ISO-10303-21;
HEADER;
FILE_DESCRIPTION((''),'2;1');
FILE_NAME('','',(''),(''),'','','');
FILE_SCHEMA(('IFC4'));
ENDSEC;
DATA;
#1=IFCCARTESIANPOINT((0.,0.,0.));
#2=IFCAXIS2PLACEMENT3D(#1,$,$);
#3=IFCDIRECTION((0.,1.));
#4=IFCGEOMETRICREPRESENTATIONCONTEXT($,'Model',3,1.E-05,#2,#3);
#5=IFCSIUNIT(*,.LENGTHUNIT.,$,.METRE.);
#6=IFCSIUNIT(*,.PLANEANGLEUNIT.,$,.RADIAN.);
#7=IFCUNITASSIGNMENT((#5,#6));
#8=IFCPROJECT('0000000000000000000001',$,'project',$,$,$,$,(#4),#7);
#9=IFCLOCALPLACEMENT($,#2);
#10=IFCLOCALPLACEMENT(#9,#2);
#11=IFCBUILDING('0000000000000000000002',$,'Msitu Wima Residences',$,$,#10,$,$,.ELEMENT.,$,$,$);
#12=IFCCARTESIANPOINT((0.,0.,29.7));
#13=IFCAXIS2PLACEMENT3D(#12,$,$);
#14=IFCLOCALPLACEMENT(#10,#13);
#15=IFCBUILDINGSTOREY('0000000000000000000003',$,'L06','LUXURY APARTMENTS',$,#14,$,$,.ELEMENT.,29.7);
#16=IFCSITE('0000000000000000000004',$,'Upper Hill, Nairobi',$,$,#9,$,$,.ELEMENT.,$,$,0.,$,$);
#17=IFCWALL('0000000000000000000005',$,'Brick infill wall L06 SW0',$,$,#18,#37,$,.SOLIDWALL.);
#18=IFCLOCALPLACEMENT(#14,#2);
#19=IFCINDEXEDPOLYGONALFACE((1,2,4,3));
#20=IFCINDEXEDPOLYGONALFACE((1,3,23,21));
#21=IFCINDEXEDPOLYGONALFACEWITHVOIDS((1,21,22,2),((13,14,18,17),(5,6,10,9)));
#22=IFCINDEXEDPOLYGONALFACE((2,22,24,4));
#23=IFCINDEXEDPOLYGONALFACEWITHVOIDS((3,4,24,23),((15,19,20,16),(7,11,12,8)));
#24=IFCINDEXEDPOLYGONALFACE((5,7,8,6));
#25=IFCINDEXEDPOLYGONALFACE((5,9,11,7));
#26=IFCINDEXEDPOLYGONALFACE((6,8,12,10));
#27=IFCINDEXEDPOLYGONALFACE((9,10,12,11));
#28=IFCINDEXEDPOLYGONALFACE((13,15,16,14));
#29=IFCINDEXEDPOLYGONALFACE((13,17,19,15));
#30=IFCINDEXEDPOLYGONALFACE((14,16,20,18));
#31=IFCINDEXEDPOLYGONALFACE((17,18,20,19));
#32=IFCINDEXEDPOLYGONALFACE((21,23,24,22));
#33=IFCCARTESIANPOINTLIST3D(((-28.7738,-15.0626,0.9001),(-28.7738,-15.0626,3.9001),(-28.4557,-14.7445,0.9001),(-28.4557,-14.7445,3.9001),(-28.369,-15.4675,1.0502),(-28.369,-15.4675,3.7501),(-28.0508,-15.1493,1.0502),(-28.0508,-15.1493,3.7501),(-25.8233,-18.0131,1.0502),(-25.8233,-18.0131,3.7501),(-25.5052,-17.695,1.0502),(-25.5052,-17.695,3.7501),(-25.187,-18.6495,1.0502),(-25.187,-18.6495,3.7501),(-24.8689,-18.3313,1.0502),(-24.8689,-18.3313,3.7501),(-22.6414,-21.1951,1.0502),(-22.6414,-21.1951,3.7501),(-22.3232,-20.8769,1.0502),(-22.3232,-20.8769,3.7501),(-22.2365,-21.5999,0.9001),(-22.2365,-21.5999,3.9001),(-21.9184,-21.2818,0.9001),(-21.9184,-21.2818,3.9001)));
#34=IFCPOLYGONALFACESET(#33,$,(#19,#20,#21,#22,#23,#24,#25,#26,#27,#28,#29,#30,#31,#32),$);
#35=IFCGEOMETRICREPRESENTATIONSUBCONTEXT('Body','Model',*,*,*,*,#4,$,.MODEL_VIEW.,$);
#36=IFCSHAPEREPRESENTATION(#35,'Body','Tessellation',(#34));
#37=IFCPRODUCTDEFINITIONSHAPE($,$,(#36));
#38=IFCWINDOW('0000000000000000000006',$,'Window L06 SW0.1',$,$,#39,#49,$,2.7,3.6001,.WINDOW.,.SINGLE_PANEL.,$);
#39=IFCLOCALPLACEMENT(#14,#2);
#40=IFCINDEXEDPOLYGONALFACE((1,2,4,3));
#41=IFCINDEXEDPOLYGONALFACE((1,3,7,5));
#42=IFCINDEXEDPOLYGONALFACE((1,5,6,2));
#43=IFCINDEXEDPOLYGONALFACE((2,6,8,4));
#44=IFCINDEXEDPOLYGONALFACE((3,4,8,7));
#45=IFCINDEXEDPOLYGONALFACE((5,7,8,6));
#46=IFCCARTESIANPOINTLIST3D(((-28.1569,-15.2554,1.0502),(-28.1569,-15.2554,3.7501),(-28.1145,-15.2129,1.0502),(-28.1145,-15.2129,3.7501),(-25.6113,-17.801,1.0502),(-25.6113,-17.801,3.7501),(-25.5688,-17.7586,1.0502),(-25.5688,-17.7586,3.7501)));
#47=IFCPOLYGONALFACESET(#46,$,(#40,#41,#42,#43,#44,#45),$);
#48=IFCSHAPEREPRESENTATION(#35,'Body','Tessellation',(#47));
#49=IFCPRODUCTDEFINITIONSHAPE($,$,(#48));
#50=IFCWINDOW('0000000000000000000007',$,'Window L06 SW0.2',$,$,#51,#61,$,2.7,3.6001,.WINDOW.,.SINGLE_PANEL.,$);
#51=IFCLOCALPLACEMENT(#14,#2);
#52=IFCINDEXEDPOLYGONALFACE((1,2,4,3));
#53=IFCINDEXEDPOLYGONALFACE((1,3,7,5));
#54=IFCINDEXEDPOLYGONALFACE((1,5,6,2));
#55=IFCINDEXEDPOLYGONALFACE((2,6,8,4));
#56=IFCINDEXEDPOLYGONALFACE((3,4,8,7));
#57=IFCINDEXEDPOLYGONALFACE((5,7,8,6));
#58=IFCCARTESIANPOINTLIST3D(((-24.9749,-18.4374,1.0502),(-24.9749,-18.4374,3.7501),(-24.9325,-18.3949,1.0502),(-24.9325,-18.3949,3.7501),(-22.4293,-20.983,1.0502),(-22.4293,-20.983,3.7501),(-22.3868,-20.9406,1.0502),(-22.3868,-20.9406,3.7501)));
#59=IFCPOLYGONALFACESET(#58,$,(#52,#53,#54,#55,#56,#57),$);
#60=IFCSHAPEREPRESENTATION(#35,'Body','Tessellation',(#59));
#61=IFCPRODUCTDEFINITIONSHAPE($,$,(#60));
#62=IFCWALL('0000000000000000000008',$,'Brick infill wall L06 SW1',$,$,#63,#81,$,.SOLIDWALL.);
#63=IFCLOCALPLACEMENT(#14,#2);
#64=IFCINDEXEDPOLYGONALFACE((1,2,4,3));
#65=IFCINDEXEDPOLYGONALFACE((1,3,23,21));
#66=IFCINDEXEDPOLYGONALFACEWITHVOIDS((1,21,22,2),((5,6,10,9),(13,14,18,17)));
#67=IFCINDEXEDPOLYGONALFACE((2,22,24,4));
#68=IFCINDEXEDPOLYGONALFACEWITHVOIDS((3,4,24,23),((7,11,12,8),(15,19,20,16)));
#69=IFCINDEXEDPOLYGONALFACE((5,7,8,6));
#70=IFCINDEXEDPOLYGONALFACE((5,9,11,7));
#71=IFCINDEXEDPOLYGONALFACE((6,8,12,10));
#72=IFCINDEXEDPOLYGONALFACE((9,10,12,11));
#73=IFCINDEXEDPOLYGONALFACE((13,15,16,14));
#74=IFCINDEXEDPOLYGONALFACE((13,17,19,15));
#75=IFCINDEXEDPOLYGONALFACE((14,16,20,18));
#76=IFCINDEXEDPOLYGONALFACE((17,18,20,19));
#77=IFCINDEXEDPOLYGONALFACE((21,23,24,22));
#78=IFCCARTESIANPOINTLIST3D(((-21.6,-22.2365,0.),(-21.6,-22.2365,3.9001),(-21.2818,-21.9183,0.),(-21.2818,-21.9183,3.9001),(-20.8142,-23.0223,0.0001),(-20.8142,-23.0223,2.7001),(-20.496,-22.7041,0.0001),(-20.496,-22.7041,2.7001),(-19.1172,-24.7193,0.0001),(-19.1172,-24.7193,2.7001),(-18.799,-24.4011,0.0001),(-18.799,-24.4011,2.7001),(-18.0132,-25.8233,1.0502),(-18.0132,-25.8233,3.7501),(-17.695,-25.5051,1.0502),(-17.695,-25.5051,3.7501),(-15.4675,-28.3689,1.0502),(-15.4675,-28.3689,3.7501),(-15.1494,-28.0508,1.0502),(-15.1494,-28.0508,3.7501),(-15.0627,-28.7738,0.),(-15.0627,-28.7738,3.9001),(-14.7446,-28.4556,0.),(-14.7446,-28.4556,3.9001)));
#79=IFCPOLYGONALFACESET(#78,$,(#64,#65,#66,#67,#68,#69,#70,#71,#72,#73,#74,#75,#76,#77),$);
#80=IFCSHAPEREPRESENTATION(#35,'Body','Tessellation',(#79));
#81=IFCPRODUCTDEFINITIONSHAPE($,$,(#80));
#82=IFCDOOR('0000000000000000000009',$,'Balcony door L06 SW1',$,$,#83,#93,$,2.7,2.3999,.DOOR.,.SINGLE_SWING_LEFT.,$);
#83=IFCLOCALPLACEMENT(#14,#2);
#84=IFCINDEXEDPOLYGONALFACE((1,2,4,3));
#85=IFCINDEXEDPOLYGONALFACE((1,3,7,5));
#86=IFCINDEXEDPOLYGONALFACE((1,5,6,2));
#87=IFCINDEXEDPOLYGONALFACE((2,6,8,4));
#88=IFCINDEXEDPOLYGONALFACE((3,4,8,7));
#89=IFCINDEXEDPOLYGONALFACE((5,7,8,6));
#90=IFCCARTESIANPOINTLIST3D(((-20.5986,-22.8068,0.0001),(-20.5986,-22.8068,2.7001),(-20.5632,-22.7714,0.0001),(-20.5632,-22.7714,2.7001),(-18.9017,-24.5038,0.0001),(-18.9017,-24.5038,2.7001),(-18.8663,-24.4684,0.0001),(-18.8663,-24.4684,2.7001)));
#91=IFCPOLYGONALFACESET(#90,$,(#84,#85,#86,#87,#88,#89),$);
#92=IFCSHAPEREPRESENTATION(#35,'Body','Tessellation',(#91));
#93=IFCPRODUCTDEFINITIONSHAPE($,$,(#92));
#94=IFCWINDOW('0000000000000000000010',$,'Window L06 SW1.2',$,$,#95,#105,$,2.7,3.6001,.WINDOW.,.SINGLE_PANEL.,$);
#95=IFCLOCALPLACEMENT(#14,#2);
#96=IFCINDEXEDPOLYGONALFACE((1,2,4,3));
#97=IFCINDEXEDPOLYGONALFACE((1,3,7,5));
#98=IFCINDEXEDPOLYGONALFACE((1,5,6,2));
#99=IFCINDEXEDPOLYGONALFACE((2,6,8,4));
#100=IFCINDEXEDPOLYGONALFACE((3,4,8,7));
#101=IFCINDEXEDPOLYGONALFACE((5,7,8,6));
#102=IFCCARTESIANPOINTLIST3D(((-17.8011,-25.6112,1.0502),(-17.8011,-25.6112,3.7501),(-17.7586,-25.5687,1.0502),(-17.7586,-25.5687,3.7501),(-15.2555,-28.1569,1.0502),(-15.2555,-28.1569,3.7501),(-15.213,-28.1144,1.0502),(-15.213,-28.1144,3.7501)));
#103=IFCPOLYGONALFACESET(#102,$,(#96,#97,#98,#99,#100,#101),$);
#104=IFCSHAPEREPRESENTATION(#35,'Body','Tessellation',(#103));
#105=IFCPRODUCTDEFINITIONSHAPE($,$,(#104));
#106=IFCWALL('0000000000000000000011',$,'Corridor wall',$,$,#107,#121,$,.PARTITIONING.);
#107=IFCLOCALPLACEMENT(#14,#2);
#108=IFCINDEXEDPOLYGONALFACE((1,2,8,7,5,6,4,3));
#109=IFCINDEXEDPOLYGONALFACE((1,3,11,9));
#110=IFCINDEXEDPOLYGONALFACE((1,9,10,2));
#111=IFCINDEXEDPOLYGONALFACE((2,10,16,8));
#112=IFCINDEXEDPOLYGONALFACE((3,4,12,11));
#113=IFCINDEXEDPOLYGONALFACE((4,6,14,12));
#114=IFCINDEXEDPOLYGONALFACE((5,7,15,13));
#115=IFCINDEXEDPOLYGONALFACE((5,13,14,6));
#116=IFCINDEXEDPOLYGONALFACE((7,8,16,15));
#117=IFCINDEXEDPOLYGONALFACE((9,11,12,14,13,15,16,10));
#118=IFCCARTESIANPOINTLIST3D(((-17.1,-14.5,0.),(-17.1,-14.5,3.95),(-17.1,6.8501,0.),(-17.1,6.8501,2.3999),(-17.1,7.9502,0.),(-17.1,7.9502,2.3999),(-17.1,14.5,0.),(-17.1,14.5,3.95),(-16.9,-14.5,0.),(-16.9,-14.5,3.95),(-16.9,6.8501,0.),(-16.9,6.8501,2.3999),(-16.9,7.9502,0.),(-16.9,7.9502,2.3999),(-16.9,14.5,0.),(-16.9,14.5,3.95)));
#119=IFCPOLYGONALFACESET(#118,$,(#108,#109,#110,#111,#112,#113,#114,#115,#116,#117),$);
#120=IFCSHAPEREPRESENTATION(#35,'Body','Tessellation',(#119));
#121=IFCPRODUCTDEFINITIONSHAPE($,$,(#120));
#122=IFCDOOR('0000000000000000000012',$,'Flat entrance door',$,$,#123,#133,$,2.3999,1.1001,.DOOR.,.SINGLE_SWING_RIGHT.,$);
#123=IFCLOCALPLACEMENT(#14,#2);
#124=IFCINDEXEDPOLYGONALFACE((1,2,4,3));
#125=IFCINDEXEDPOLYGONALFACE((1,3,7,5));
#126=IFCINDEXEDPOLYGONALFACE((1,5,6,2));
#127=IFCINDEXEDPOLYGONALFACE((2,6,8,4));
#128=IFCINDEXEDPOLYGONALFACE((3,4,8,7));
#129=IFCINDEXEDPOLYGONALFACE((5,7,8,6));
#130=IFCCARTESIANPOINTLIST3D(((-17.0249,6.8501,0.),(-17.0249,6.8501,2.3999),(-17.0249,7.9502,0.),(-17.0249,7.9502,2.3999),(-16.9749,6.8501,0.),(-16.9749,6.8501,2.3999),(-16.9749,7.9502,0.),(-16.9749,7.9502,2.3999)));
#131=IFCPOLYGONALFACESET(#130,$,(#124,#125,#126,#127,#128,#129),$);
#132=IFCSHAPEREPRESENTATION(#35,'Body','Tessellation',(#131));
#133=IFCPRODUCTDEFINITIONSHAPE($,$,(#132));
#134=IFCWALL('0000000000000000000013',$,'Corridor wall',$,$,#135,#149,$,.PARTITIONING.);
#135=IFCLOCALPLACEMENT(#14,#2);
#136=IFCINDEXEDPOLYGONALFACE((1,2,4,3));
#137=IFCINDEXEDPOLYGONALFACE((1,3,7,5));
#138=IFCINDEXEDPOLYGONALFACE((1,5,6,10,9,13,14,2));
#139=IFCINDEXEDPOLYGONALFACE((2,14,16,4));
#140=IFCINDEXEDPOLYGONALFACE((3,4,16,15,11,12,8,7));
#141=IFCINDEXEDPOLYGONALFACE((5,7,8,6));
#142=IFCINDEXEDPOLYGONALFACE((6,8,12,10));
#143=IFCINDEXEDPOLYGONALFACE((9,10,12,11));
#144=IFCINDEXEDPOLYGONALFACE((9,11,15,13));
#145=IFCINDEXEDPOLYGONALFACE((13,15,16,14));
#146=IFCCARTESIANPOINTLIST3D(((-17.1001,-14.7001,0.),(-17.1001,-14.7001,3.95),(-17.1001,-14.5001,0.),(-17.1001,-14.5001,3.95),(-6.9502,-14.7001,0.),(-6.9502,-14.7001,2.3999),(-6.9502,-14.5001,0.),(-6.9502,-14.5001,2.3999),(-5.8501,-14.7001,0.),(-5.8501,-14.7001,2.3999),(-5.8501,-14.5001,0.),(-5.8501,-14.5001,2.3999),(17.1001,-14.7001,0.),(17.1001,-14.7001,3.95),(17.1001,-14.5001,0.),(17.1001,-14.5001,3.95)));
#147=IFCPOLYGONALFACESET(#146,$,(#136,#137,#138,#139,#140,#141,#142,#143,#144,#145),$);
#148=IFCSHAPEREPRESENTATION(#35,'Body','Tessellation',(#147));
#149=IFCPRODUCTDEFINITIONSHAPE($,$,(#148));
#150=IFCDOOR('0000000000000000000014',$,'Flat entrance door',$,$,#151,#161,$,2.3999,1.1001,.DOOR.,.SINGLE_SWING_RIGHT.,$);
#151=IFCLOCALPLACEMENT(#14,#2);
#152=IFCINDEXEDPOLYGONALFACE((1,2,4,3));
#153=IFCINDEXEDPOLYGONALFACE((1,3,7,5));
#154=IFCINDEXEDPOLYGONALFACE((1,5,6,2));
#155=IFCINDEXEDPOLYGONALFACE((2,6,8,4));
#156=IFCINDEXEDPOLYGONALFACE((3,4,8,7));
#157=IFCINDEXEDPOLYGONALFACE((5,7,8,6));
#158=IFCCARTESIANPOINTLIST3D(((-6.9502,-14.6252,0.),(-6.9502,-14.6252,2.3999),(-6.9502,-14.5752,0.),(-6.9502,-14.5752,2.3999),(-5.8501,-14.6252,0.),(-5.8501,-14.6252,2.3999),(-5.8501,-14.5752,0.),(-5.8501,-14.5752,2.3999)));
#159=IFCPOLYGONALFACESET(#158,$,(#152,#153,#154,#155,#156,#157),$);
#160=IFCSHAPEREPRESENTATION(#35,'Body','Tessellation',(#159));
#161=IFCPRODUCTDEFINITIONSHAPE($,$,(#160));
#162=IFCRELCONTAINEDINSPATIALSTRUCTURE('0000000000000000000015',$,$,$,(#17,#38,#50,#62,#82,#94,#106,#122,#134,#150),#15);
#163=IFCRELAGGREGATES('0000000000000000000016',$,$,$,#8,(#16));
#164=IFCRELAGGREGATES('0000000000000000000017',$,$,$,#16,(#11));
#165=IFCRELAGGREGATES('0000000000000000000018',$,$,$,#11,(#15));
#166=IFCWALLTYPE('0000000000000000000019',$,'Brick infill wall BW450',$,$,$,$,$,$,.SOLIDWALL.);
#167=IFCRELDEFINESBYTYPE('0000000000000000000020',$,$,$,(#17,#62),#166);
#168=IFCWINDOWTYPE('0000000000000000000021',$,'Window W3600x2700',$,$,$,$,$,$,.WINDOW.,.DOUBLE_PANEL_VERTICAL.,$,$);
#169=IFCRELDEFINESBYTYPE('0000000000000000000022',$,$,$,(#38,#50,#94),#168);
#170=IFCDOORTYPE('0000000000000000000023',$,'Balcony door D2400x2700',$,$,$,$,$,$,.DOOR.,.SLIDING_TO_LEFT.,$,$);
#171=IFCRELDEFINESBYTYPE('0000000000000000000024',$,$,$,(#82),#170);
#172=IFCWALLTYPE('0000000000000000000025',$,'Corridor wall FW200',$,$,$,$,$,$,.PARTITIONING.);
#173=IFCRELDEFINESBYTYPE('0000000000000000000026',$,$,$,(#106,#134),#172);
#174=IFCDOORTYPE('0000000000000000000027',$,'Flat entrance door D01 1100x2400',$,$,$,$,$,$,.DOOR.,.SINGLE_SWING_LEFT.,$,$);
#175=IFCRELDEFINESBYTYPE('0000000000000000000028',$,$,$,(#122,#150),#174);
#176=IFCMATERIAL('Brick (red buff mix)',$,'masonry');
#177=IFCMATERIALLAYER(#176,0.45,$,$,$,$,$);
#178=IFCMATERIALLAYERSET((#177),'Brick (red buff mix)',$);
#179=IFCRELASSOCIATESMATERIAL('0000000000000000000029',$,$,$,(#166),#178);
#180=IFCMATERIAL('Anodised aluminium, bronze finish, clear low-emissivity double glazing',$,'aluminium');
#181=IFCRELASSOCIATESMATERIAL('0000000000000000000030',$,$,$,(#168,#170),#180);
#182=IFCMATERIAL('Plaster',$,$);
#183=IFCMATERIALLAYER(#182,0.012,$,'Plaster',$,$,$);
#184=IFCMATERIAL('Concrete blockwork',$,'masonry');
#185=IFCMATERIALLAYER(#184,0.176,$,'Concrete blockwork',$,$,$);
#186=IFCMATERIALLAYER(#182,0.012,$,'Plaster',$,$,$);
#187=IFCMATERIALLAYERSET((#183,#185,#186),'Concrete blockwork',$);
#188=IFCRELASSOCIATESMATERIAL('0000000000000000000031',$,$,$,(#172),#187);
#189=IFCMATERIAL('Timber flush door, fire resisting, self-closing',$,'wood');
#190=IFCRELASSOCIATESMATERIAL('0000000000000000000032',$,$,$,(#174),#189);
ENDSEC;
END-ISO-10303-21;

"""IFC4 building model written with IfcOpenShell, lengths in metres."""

from ifc_helpers import new_model, si_unit, direction, frame, frame_2d, origin, place, context, subcontext, project, spatial, rectangle, extrude, material, layer, layer_set, type_object, element, fill, save


model = new_model("IFC4")

# Units and contexts
model_context = context("Model", 3, precision=1e-05, world=origin(), true_north=direction((0.0, 1.0)))
body_context = subcontext(model_context, "Body", "Model", "MODEL_VIEW")
ifc_project = project(units=[si_unit("LENGTHUNIT", "METRE"), si_unit("PLANEANGLEUNIT", "RADIAN")], contexts=[model_context])

# Site, building, storey
site_placement = place(None, origin())
site = spatial("IfcSite", under=ifc_project, at=site_placement, Name="Upper Hill, Nairobi", CompositionType="ELEMENT", RefElevation=0.0)
building_placement = place(site_placement, origin())
building = spatial("IfcBuilding", under=site, at=building_placement, Name="Msitu Wima Residences", CompositionType="ELEMENT")
storey_placement = place(building_placement, frame((0.0, 0.0, 29.7)))
storey = spatial("IfcBuildingStorey", under=building, at=storey_placement, Name="L06", Description="LUXURY APARTMENTS", CompositionType="ELEMENT", Elevation=29.7)

# Wall, openings, windows
ifc_material_1 = material(Name="Brick (red buff mix)", Category="masonry")
ifc_layer_1 = layer(ifc_material_1, 0.45)
ifc_layer_set_1 = layer_set([ifc_layer_1], Name="Brick (red buff mix)")
wall_type_1 = type_object("IfcWallType", Name="Brick infill wall BW450", PredefinedType="SOLIDWALL", material=ifc_layer_set_1)
wall_1_placement = place(storey_placement, frame((-28.6147, -14.9036, 0.9001), z_axis=(0.0, 0.0, 1.0), x_axis=(0.707107, -0.707107, 0.0)))
wall_1 = element("IfcWall", 1, at=wall_1_placement, inside=storey, type_object=wall_type_1, Name="Brick infill wall L06 SW0", PredefinedType="SOLIDWALL", context=body_context, shape_type="SweptSolid", body=[
    extrude(rectangle(XDim=9.2451, YDim=0.45, at=frame_2d((4.6226, 0.0))), origin(), (0.0, 0.0, 1.0), 3.0),
])
opening_1_placement = place(wall_1_placement, frame((0.5725, 0.0, 0.1499)))
opening_1 = element("IfcOpeningElement", 2, at=opening_1_placement, cuts=wall_1, PredefinedType="OPENING", context=body_context, shape_type="SweptSolid", body=[
    extrude(rectangle(XDim=3.6001, YDim=2.7, at=frame_2d((1.8, 1.3501))), frame((0.0, 0.2349, 0.0), z_axis=(0.0, -1.0, 0.0), x_axis=(1.0, 0.0, 0.0)), (0.0, 0.0, 1.0), 0.47),
])
opening_2_placement = place(wall_1_placement, frame((5.0725, 0.0, 0.1499)))
opening_2 = element("IfcOpeningElement", 3, at=opening_2_placement, cuts=wall_1, PredefinedType="OPENING", context=body_context, shape_type="SweptSolid", body=[
    extrude(rectangle(XDim=3.6001, YDim=2.7, at=frame_2d((1.8, 1.3501))), frame((0.0, 0.2349, 0.0), z_axis=(0.0, -1.0, 0.0), x_axis=(1.0, 0.0, 0.0)), (0.0, 0.0, 1.0), 0.47),
])
ifc_material_2 = material(Name="Anodised aluminium, bronze finish, clear low-emissivity double glazing", Category="aluminium")
window_type = type_object("IfcWindowType", Name="Window W3600x2700", PartitioningType="DOUBLE_PANEL_VERTICAL", PredefinedType="WINDOW", material=ifc_material_2)
window_1_placement = place(opening_1_placement, origin())
window_1 = element("IfcWindow", 4, at=window_1_placement, inside=storey, type_object=window_type, Name="Window L06 SW0.1", OverallHeight=2.7, OverallWidth=3.6001, PartitioningType="SINGLE_PANEL", PredefinedType="WINDOW", context=body_context, shape_type="SweptSolid", body=[
    extrude(rectangle(XDim=3.6001, YDim=2.7, at=frame_2d((1.8, 1.3501))), frame((0.0, 0.135, 0.0), z_axis=(0.0, -1.0, 0.0), x_axis=(1.0, 0.0, 0.0)), (0.0, 0.0, 1.0), 0.0601),
])
fill(opening_1, window_1)
window_2_placement = place(opening_2_placement, origin())
window_2 = element("IfcWindow", 5, at=window_2_placement, inside=storey, type_object=window_type, Name="Window L06 SW0.2", OverallHeight=2.7, OverallWidth=3.6001, PartitioningType="SINGLE_PANEL", PredefinedType="WINDOW", context=body_context, shape_type="SweptSolid", body=[
    extrude(rectangle(XDim=3.6001, YDim=2.7, at=frame_2d((1.8, 1.3501))), frame((0.0, 0.135, 0.0), z_axis=(0.0, -1.0, 0.0), x_axis=(1.0, 0.0, 0.0)), (0.0, 0.0, 1.0), 0.0601),
])
fill(opening_2, window_2)

# Wall, openings, door, window
wall_2_placement = place(storey_placement, frame((-21.4409, -22.0774, 0.0), z_axis=(0.0, 0.0, 1.0), x_axis=(0.707107, -0.707107, 0.0)))
wall_2 = element("IfcWall", 6, at=wall_2_placement, inside=storey, type_object=wall_type_1, Name="Brick infill wall L06 SW1", PredefinedType="SOLIDWALL", context=body_context, shape_type="SweptSolid", body=[
    extrude(rectangle(XDim=9.2451, YDim=0.45, at=frame_2d((4.6226, 0.0))), origin(), (0.0, 0.0, 1.0), 3.9001),
])
opening_3_placement = place(wall_2_placement, frame((1.1113, 0.0, 0.0)))
opening_3 = element("IfcOpeningElement", 7, at=opening_3_placement, cuts=wall_2, PredefinedType="OPENING", context=body_context, shape_type="SweptSolid", body=[
    extrude(rectangle(XDim=2.3999, YDim=2.7, at=frame_2d((1.2, 1.3501))), frame((0.0, 0.2349, 0.0), z_axis=(0.0, -1.0, 0.0), x_axis=(1.0, 0.0, 0.0)), (0.0, 0.0, 1.0), 0.47),
])
opening_4_placement = place(wall_2_placement, frame((5.0725, 0.0, 1.05)))
opening_4 = element("IfcOpeningElement", 8, at=opening_4_placement, cuts=wall_2, PredefinedType="OPENING", context=body_context, shape_type="SweptSolid", body=[
    extrude(rectangle(XDim=3.6001, YDim=2.7, at=frame_2d((1.8, 1.3501))), frame((0.0, 0.2349, 0.0), z_axis=(0.0, -1.0, 0.0), x_axis=(1.0, 0.0, 0.0)), (0.0, 0.0, 1.0), 0.47),
])
door_type_1 = type_object("IfcDoorType", Name="Balcony door D2400x2700", OperationType="SLIDING_TO_LEFT", PredefinedType="DOOR", material=ifc_material_2)
door_1_placement = place(opening_3_placement, origin())
door_1 = element("IfcDoor", 9, at=door_1_placement, inside=storey, type_object=door_type_1, Name="Balcony door L06 SW1", OperationType="SINGLE_SWING_LEFT", OverallHeight=2.7, OverallWidth=2.3999, PredefinedType="DOOR", context=body_context, shape_type="SweptSolid", body=[
    extrude(rectangle(XDim=2.3999, YDim=2.7, at=frame_2d((1.2, 1.3501))), frame((0.0, 0.1299, 0.0), z_axis=(0.0, -1.0, 0.0), x_axis=(1.0, 0.0, 0.0)), (0.0, 0.0, 1.0), 0.05),
])
fill(opening_3, door_1)
window_3_placement = place(opening_4_placement, origin())
window_3 = element("IfcWindow", 10, at=window_3_placement, inside=storey, type_object=window_type, Name="Window L06 SW1.2", OverallHeight=2.7, OverallWidth=3.6001, PartitioningType="SINGLE_PANEL", PredefinedType="WINDOW", context=body_context, shape_type="SweptSolid", body=[
    extrude(rectangle(XDim=3.6001, YDim=2.7, at=frame_2d((1.8, 1.3501))), frame((0.0, 0.135, 0.0), z_axis=(0.0, -1.0, 0.0), x_axis=(1.0, 0.0, 0.0)), (0.0, 0.0, 1.0), 0.0601),
])
fill(opening_4, window_3)

# Walls, openings, doors
ifc_material_3 = material(Name="Plaster")
ifc_layer_2 = layer(ifc_material_3, 0.012, Name="Plaster")
ifc_material_4 = material(Name="Concrete blockwork", Category="masonry")
ifc_layer_3 = layer(ifc_material_4, 0.176, Name="Concrete blockwork")
ifc_layer_4 = layer(ifc_material_3, 0.012, Name="Plaster")
ifc_layer_set_2 = layer_set([ifc_layer_2, ifc_layer_3, ifc_layer_4], Name="Concrete blockwork")
wall_type_2 = type_object("IfcWallType", Name="Corridor wall FW200", PredefinedType="PARTITIONING", material=ifc_layer_set_2)
wall_3_placement = place(storey_placement, frame((-17.0, -14.5, 0.0), z_axis=(0.0, 0.0, 1.0), x_axis=(0.0, 1.0, 0.0)))
wall_3 = element("IfcWall", 11, at=wall_3_placement, inside=storey, type_object=wall_type_2, Name="Corridor wall", PredefinedType="PARTITIONING", context=body_context, shape_type="SweptSolid", body=[
    extrude(rectangle(XDim=29.0, YDim=0.2, at=frame_2d((14.5, 0.0))), origin(), (0.0, 0.0, 1.0), 3.95),
])
opening_5_placement = place(wall_3_placement, frame((21.3501, 0.0, 0.0)))
opening_5 = element("IfcOpeningElement", 12, at=opening_5_placement, cuts=wall_3, PredefinedType="OPENING", context=body_context, shape_type="SweptSolid", body=[
    extrude(rectangle(XDim=1.1001, YDim=2.3999, at=frame_2d((0.55, 1.2))), frame((0.0, 0.1099, 0.0), z_axis=(0.0, -1.0, 0.0), x_axis=(1.0, 0.0, 0.0)), (0.0, 0.0, 1.0), 0.22),
])
ifc_material_5 = material(Name="Timber flush door, fire resisting, self-closing", Category="wood")
door_type_2 = type_object("IfcDoorType", Name="Flat entrance door D01 1100x2400", OperationType="SINGLE_SWING_LEFT", PredefinedType="DOOR", material=ifc_material_5)
door_2_placement = place(opening_5_placement, origin())
door_2 = element("IfcDoor", 13, at=door_2_placement, inside=storey, type_object=door_type_2, Name="Flat entrance door", OperationType="SINGLE_SWING_RIGHT", OverallHeight=2.3999, OverallWidth=1.1001, PredefinedType="DOOR", context=body_context, shape_type="SweptSolid", body=[
    extrude(rectangle(XDim=1.1001, YDim=2.3999, at=frame_2d((0.55, 1.2))), frame((0.0, 0.0249, 0.0), z_axis=(0.0, -1.0, 0.0), x_axis=(1.0, 0.0, 0.0)), (0.0, 0.0, 1.0), 0.05),
])
fill(opening_5, door_2)
wall_4_placement = place(storey_placement, frame((-17.1001, -14.6001, 0.0), z_axis=(0.0, 0.0, 1.0), x_axis=(1.0, 0.0, 0.0)))
wall_4 = element("IfcWall", 14, at=wall_4_placement, inside=storey, type_object=wall_type_2, Name="Corridor wall", PredefinedType="PARTITIONING", context=body_context, shape_type="SweptSolid", body=[
    extrude(rectangle(XDim=34.2002, YDim=0.2, at=frame_2d((17.1001, 0.0))), origin(), (0.0, 0.0, 1.0), 3.95),
])
opening_6_placement = place(wall_4_placement, frame((10.1499, 0.0, 0.0)))
opening_6 = element("IfcOpeningElement", 15, at=opening_6_placement, cuts=wall_4, PredefinedType="OPENING", context=body_context, shape_type="SweptSolid", body=[
    extrude(rectangle(XDim=1.1001, YDim=2.3999, at=frame_2d((0.55, 1.2))), frame((0.0, 0.1099, 0.0), z_axis=(0.0, -1.0, 0.0), x_axis=(1.0, 0.0, 0.0)), (0.0, 0.0, 1.0), 0.22),
])
door_3_placement = place(opening_6_placement, origin())
door_3 = element("IfcDoor", 16, at=door_3_placement, inside=storey, type_object=door_type_2, Name="Flat entrance door", OperationType="SINGLE_SWING_RIGHT", OverallHeight=2.3999, OverallWidth=1.1001, PredefinedType="DOOR", context=body_context, shape_type="SweptSolid", body=[
    extrude(rectangle(XDim=1.1001, YDim=2.3999, at=frame_2d((0.55, 1.2))), frame((0.0, 0.0249, 0.0), z_axis=(0.0, -1.0, 0.0), x_axis=(1.0, 0.0, 0.0)), (0.0, 0.0, 1.0), 0.05),
])
fill(opening_6, door_3)

save(model, "model.ifc")
